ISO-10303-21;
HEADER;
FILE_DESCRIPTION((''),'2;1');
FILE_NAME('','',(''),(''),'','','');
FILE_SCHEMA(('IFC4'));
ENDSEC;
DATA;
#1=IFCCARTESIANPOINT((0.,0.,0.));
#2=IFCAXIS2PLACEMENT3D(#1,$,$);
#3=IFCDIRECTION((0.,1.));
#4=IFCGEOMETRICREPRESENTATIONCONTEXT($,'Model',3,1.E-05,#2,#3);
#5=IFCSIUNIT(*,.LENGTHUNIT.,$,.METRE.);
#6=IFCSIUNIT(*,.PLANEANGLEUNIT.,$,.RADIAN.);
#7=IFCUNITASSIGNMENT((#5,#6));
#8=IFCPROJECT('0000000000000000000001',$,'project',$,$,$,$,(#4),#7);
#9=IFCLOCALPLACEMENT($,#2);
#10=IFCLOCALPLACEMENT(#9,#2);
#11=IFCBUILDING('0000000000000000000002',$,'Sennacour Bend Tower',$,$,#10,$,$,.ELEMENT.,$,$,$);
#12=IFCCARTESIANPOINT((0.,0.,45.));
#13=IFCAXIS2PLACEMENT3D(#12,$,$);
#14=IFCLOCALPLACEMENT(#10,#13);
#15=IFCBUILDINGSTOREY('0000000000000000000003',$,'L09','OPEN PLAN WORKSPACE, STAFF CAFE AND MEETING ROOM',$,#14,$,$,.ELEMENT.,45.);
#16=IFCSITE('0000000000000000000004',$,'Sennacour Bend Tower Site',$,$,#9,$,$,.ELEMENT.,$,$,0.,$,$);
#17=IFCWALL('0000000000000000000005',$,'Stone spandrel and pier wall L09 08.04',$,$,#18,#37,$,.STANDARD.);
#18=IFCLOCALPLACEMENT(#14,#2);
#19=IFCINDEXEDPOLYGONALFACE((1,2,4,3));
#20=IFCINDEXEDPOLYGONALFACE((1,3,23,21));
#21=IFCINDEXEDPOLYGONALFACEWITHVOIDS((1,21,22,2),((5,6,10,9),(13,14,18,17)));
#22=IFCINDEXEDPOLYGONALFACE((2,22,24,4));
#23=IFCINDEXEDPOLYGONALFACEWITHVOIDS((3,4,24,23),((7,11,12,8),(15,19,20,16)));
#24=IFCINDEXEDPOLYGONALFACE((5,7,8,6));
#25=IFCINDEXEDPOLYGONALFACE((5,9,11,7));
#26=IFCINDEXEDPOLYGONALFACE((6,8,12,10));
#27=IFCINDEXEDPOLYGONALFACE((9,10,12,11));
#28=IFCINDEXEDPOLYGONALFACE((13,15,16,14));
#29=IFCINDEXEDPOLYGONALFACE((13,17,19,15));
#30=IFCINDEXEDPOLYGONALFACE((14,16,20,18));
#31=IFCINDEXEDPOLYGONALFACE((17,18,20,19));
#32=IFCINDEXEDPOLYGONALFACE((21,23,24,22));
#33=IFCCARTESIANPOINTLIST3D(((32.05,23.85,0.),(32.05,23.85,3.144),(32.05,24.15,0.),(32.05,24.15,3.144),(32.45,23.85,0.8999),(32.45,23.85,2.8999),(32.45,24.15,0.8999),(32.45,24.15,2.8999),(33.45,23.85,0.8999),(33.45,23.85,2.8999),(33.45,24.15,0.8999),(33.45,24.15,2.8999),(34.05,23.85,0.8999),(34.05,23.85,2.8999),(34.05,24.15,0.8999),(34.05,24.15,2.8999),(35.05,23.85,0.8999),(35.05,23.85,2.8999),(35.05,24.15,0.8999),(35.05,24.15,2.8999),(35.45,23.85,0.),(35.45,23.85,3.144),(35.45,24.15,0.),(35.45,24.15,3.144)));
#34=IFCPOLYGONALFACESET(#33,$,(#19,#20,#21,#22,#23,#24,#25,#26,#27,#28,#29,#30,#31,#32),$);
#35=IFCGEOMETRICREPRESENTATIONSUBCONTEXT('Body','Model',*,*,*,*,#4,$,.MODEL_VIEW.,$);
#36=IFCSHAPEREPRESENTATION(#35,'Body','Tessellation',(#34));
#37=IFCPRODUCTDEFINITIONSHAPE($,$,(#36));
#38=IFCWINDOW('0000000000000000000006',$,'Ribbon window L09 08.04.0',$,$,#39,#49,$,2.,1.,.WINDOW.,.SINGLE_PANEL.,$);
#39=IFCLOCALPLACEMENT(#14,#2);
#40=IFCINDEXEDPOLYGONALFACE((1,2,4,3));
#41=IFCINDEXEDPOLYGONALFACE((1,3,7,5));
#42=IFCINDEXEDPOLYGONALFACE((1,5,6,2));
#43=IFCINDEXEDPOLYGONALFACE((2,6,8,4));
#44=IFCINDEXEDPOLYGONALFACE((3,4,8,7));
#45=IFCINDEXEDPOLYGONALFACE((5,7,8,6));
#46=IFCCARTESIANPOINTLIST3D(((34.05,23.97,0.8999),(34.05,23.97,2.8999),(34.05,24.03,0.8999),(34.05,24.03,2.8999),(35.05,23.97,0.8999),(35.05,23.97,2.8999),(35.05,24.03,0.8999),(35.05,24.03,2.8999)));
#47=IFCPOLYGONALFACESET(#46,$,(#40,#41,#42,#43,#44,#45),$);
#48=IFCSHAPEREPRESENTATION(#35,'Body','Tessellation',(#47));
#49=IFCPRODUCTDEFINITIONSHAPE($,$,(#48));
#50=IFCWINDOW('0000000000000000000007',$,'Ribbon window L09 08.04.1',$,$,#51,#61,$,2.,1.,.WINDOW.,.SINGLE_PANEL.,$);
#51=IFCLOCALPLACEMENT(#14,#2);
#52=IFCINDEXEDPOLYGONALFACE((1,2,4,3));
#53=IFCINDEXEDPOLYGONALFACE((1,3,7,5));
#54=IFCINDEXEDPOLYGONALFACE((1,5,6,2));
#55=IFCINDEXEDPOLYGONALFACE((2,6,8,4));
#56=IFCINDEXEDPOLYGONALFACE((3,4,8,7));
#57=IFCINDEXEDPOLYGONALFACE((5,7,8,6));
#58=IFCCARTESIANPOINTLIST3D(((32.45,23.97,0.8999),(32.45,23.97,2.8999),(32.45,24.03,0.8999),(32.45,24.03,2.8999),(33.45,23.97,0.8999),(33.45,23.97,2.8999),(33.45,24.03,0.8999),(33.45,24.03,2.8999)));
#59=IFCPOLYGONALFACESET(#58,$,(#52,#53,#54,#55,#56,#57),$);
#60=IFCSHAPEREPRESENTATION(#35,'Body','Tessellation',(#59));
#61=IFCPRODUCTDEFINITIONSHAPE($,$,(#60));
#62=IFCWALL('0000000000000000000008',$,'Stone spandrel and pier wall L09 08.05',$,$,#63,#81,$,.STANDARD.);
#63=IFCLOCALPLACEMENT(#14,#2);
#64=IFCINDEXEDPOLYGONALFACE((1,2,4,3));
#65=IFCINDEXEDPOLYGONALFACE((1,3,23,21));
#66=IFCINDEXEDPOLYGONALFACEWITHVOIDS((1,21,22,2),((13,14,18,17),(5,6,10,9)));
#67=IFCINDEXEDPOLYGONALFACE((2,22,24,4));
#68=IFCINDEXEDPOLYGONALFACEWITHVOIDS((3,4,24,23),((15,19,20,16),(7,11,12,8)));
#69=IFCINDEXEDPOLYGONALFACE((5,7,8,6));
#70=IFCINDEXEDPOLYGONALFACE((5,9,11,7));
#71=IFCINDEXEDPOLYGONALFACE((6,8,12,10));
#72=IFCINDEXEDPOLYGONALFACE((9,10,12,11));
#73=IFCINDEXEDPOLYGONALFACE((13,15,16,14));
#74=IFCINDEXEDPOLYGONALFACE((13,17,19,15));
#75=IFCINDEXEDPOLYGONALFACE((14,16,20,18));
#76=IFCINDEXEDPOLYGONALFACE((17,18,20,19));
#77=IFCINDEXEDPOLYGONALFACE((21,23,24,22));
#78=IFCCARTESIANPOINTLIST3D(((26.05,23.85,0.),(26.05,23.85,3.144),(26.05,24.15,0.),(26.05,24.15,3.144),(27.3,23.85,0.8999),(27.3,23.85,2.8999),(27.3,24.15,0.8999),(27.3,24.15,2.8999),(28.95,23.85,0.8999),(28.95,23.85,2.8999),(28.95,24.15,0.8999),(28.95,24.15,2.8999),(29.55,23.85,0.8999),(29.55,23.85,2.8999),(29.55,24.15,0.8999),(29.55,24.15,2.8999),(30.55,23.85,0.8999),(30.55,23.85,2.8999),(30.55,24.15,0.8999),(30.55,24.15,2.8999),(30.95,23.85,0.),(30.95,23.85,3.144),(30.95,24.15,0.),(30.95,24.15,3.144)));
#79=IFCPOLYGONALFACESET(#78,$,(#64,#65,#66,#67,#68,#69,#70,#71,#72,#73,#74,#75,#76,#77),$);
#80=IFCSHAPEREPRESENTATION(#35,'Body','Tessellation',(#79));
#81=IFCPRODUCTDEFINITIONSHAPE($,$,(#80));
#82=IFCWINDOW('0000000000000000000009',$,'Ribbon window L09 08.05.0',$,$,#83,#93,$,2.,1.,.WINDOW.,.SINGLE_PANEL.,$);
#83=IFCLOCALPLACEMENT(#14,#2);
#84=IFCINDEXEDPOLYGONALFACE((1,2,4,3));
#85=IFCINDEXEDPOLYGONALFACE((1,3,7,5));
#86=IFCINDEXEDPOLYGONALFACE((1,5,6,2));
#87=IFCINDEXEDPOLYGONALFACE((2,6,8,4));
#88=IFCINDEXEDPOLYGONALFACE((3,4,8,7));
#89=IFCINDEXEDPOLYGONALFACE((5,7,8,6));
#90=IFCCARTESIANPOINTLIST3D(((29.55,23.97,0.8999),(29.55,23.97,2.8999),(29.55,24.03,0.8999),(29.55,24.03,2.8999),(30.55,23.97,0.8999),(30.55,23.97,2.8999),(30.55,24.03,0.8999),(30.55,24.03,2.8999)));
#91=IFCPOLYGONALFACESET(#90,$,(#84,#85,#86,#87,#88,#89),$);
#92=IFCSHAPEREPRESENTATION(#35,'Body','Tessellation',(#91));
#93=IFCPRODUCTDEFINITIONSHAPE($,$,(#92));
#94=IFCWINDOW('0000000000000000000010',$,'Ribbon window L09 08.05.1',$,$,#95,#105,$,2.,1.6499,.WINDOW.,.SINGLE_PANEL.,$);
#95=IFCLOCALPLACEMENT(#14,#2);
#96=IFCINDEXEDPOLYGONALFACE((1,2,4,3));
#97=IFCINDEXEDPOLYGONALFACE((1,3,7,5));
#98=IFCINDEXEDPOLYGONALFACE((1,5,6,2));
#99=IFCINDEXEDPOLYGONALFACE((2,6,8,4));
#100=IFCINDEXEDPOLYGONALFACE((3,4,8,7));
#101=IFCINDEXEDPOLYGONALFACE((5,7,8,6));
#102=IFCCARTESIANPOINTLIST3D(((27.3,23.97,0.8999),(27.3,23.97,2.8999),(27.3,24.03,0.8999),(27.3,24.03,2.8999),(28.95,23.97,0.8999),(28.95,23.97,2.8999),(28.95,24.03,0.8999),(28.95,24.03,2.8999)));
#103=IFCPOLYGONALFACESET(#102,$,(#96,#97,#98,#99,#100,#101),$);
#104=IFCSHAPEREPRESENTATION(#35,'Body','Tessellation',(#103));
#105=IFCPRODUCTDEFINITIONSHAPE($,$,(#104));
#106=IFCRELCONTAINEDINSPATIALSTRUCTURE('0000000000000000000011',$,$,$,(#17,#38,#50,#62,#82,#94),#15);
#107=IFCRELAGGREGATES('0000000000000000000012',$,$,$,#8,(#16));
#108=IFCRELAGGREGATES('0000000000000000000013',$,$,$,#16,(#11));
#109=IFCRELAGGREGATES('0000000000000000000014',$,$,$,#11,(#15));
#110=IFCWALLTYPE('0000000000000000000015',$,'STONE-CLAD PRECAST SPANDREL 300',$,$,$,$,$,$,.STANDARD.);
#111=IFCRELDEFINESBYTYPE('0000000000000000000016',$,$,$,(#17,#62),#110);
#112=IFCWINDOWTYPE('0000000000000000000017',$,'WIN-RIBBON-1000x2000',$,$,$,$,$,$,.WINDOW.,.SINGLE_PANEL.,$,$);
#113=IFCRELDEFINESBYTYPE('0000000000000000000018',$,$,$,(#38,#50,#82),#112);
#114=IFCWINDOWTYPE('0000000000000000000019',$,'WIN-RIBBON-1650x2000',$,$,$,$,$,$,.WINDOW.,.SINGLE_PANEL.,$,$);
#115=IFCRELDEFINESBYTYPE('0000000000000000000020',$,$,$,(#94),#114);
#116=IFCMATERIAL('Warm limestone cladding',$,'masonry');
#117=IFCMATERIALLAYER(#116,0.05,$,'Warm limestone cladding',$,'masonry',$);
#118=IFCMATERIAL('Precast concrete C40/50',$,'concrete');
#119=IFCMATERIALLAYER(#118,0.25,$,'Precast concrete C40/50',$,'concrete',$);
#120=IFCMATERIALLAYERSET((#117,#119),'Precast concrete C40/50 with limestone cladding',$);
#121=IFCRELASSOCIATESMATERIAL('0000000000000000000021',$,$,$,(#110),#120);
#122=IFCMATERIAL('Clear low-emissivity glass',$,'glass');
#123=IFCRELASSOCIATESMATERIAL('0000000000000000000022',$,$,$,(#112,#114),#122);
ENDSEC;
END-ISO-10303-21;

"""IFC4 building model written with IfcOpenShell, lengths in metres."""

from ifc_helpers import new_model, si_unit, direction, frame, frame_2d, origin, place, context, subcontext, project, spatial, rectangle, extrude, material, layer, layer_set, type_object, element, fill, save


model = new_model("IFC4")

# Units and contexts
model_context = context("Model", 3, precision=1e-05, world=origin(), true_north=direction((0.0, 1.0)))
body_context = subcontext(model_context, "Body", "Model", "MODEL_VIEW")
ifc_project = project(units=[si_unit("LENGTHUNIT", "METRE"), si_unit("PLANEANGLEUNIT", "RADIAN")], contexts=[model_context])

# Site, building, storey
site_placement = place(None, origin())
site = spatial("IfcSite", under=ifc_project, at=site_placement, Name="Sennacour Bend Tower Site", CompositionType="ELEMENT", RefElevation=0.0)
building_placement = place(site_placement, origin())
building = spatial("IfcBuilding", under=site, at=building_placement, Name="Sennacour Bend Tower", CompositionType="ELEMENT")
storey_placement = place(building_placement, frame((0.0, 0.0, 45.0)))
storey = spatial("IfcBuildingStorey", under=building, at=storey_placement, Name="L09", Description="OPEN PLAN WORKSPACE, STAFF CAFE AND MEETING ROOM", CompositionType="ELEMENT", Elevation=45.0)

# Walls, openings, windows
ifc_material_1 = material(Name="Warm limestone cladding", Category="masonry")
ifc_layer_1 = layer(ifc_material_1, 0.05, Name="Warm limestone cladding", Category="masonry")
ifc_material_2 = material(Name="Precast concrete C40/50", Category="concrete")
ifc_layer_2 = layer(ifc_material_2, 0.25, Name="Precast concrete C40/50", Category="concrete")
ifc_layer_set_1 = layer_set([ifc_layer_1, ifc_layer_2], Name="Precast concrete C40/50 with limestone cladding")
wall_type_1 = type_object("IfcWallType", Name="STONE-CLAD PRECAST SPANDREL 300", PredefinedType="STANDARD", material=ifc_layer_set_1)
ifc_material_3 = material(Name="Clear low-emissivity glass", Category="glass")
window_type_1 = type_object("IfcWindowType", Name="WIN-RIBBON-1000x2000", PartitioningType="SINGLE_PANEL", PredefinedType="WINDOW", material=ifc_material_3)
wall_1_placement = place(storey_placement, frame((35.45, 24.0, 0.0), z_axis=(0.0, 0.0, 1.0), x_axis=(-1.0, 0.0, 0.0)))
wall_1 = element("IfcWall", 1, at=wall_1_placement, inside=storey, type_object=wall_type_1, Name="Stone spandrel and pier wall L09 08.04", PredefinedType="STANDARD", context=body_context, shape_type="SweptSolid", body=[
    extrude(rectangle(XDim=3.3999, YDim=0.3, at=frame_2d((1.7, 0.0))), origin(), (0.0, 0.0, 1.0), 3.144),
])
opening_1_placement = place(wall_1_placement, frame((0.3999, 0.0, 0.8999)))
opening_1 = element("IfcOpeningElement", 2, at=opening_1_placement, cuts=wall_1, PredefinedType="OPENING", context=body_context, shape_type="SweptSolid", body=[
    extrude(rectangle(XDim=1.0, YDim=2.0, at=frame_2d((0.5, 1.0))), frame((0.0, 0.1602, 0.0), z_axis=(0.0, -1.0, 0.0), x_axis=(1.0, 0.0, 0.0)), (0.0, 0.0, 1.0), 0.3201),
])
opening_2_placement = place(wall_1_placement, frame((2.0, 0.0, 0.8999)))
opening_2 = element("IfcOpeningElement", 3, at=opening_2_placement, cuts=wall_1, PredefinedType="OPENING", context=body_context, shape_type="SweptSolid", body=[
    extrude(rectangle(XDim=1.0, YDim=2.0, at=frame_2d((0.5, 1.0))), frame((0.0, 0.1602, 0.0), z_axis=(0.0, -1.0, 0.0), x_axis=(1.0, 0.0, 0.0)), (0.0, 0.0, 1.0), 0.3201),
])
window_1_placement = place(opening_1_placement, origin())
window_1 = element("IfcWindow", 4, at=window_1_placement, inside=storey, type_object=window_type_1, Name="Ribbon window L09 08.04.0", OverallHeight=2.0, OverallWidth=1.0, PartitioningType="SINGLE_PANEL", PredefinedType="WINDOW", context=body_context, shape_type="SweptSolid", body=[
    extrude(rectangle(XDim=1.0, YDim=2.0, at=frame_2d((0.5, 1.0))), frame((0.0, 0.03, 0.0), z_axis=(0.0, -1.0, 0.0), x_axis=(1.0, 0.0, 0.0)), (0.0, 0.0, 1.0), 0.0601),
])
fill(opening_1, window_1)
window_2_placement = place(opening_2_placement, origin())
window_2 = element("IfcWindow", 5, at=window_2_placement, inside=storey, type_object=window_type_1, Name="Ribbon window L09 08.04.1", OverallHeight=2.0, OverallWidth=1.0, PartitioningType="SINGLE_PANEL", PredefinedType="WINDOW", context=body_context, shape_type="SweptSolid", body=[
    extrude(rectangle(XDim=1.0, YDim=2.0, at=frame_2d((0.5, 1.0))), frame((0.0, 0.03, 0.0), z_axis=(0.0, -1.0, 0.0), x_axis=(1.0, 0.0, 0.0)), (0.0, 0.0, 1.0), 0.0601),
])
fill(opening_2, window_2)
wall_2_placement = place(storey_placement, frame((30.95, 24.0, 0.0), z_axis=(0.0, 0.0, 1.0), x_axis=(-1.0, 0.0, 0.0)))
wall_2 = element("IfcWall", 6, at=wall_2_placement, inside=storey, type_object=wall_type_1, Name="Stone spandrel and pier wall L09 08.05", PredefinedType="STANDARD", context=body_context, shape_type="SweptSolid", body=[
    extrude(rectangle(XDim=4.8999, YDim=0.3, at=frame_2d((2.45, 0.0))), origin(), (0.0, 0.0, 1.0), 3.144),
])
opening_3_placement = place(wall_2_placement, frame((0.3999, 0.0, 0.8999)))
opening_3 = element("IfcOpeningElement", 7, at=opening_3_placement, cuts=wall_2, PredefinedType="OPENING", context=body_context, shape_type="SweptSolid", body=[
    extrude(rectangle(XDim=1.0, YDim=2.0, at=frame_2d((0.5, 1.0))), frame((0.0, 0.1602, 0.0), z_axis=(0.0, -1.0, 0.0), x_axis=(1.0, 0.0, 0.0)), (0.0, 0.0, 1.0), 0.3201),
])
opening_4_placement = place(wall_2_placement, frame((2.0, 0.0, 0.8999)))
opening_4 = element("IfcOpeningElement", 8, at=opening_4_placement, cuts=wall_2, PredefinedType="OPENING", context=body_context, shape_type="SweptSolid", body=[
    extrude(rectangle(XDim=1.6499, YDim=2.0, at=frame_2d((0.825, 1.0))), frame((0.0, 0.1602, 0.0), z_axis=(0.0, -1.0, 0.0), x_axis=(1.0, 0.0, 0.0)), (0.0, 0.0, 1.0), 0.3201),
])
window_3_placement = place(opening_3_placement, origin())
window_3 = element("IfcWindow", 9, at=window_3_placement, inside=storey, type_object=window_type_1, Name="Ribbon window L09 08.05.0", OverallHeight=2.0, OverallWidth=1.0, PartitioningType="SINGLE_PANEL", PredefinedType="WINDOW", context=body_context, shape_type="SweptSolid", body=[
    extrude(rectangle(XDim=1.0, YDim=2.0, at=frame_2d((0.5, 1.0))), frame((0.0, 0.03, 0.0), z_axis=(0.0, -1.0, 0.0), x_axis=(1.0, 0.0, 0.0)), (0.0, 0.0, 1.0), 0.0601),
])
fill(opening_3, window_3)
window_type_2 = type_object("IfcWindowType", Name="WIN-RIBBON-1650x2000", PartitioningType="SINGLE_PANEL", PredefinedType="WINDOW", material=ifc_material_3)
window_4_placement = place(opening_4_placement, origin())
window_4 = element("IfcWindow", 10, at=window_4_placement, inside=storey, type_object=window_type_2, Name="Ribbon window L09 08.05.1", OverallHeight=2.0, OverallWidth=1.6499, PartitioningType="SINGLE_PANEL", PredefinedType="WINDOW", context=body_context, shape_type="SweptSolid", body=[
    extrude(rectangle(XDim=1.6499, YDim=2.0, at=frame_2d((0.825, 1.0))), frame((0.0, 0.03, 0.0), z_axis=(0.0, -1.0, 0.0), x_axis=(1.0, 0.0, 0.0)), (0.0, 0.0, 1.0), 0.0601),
])
fill(opening_4, window_4)

save(model, "model.ifc")
